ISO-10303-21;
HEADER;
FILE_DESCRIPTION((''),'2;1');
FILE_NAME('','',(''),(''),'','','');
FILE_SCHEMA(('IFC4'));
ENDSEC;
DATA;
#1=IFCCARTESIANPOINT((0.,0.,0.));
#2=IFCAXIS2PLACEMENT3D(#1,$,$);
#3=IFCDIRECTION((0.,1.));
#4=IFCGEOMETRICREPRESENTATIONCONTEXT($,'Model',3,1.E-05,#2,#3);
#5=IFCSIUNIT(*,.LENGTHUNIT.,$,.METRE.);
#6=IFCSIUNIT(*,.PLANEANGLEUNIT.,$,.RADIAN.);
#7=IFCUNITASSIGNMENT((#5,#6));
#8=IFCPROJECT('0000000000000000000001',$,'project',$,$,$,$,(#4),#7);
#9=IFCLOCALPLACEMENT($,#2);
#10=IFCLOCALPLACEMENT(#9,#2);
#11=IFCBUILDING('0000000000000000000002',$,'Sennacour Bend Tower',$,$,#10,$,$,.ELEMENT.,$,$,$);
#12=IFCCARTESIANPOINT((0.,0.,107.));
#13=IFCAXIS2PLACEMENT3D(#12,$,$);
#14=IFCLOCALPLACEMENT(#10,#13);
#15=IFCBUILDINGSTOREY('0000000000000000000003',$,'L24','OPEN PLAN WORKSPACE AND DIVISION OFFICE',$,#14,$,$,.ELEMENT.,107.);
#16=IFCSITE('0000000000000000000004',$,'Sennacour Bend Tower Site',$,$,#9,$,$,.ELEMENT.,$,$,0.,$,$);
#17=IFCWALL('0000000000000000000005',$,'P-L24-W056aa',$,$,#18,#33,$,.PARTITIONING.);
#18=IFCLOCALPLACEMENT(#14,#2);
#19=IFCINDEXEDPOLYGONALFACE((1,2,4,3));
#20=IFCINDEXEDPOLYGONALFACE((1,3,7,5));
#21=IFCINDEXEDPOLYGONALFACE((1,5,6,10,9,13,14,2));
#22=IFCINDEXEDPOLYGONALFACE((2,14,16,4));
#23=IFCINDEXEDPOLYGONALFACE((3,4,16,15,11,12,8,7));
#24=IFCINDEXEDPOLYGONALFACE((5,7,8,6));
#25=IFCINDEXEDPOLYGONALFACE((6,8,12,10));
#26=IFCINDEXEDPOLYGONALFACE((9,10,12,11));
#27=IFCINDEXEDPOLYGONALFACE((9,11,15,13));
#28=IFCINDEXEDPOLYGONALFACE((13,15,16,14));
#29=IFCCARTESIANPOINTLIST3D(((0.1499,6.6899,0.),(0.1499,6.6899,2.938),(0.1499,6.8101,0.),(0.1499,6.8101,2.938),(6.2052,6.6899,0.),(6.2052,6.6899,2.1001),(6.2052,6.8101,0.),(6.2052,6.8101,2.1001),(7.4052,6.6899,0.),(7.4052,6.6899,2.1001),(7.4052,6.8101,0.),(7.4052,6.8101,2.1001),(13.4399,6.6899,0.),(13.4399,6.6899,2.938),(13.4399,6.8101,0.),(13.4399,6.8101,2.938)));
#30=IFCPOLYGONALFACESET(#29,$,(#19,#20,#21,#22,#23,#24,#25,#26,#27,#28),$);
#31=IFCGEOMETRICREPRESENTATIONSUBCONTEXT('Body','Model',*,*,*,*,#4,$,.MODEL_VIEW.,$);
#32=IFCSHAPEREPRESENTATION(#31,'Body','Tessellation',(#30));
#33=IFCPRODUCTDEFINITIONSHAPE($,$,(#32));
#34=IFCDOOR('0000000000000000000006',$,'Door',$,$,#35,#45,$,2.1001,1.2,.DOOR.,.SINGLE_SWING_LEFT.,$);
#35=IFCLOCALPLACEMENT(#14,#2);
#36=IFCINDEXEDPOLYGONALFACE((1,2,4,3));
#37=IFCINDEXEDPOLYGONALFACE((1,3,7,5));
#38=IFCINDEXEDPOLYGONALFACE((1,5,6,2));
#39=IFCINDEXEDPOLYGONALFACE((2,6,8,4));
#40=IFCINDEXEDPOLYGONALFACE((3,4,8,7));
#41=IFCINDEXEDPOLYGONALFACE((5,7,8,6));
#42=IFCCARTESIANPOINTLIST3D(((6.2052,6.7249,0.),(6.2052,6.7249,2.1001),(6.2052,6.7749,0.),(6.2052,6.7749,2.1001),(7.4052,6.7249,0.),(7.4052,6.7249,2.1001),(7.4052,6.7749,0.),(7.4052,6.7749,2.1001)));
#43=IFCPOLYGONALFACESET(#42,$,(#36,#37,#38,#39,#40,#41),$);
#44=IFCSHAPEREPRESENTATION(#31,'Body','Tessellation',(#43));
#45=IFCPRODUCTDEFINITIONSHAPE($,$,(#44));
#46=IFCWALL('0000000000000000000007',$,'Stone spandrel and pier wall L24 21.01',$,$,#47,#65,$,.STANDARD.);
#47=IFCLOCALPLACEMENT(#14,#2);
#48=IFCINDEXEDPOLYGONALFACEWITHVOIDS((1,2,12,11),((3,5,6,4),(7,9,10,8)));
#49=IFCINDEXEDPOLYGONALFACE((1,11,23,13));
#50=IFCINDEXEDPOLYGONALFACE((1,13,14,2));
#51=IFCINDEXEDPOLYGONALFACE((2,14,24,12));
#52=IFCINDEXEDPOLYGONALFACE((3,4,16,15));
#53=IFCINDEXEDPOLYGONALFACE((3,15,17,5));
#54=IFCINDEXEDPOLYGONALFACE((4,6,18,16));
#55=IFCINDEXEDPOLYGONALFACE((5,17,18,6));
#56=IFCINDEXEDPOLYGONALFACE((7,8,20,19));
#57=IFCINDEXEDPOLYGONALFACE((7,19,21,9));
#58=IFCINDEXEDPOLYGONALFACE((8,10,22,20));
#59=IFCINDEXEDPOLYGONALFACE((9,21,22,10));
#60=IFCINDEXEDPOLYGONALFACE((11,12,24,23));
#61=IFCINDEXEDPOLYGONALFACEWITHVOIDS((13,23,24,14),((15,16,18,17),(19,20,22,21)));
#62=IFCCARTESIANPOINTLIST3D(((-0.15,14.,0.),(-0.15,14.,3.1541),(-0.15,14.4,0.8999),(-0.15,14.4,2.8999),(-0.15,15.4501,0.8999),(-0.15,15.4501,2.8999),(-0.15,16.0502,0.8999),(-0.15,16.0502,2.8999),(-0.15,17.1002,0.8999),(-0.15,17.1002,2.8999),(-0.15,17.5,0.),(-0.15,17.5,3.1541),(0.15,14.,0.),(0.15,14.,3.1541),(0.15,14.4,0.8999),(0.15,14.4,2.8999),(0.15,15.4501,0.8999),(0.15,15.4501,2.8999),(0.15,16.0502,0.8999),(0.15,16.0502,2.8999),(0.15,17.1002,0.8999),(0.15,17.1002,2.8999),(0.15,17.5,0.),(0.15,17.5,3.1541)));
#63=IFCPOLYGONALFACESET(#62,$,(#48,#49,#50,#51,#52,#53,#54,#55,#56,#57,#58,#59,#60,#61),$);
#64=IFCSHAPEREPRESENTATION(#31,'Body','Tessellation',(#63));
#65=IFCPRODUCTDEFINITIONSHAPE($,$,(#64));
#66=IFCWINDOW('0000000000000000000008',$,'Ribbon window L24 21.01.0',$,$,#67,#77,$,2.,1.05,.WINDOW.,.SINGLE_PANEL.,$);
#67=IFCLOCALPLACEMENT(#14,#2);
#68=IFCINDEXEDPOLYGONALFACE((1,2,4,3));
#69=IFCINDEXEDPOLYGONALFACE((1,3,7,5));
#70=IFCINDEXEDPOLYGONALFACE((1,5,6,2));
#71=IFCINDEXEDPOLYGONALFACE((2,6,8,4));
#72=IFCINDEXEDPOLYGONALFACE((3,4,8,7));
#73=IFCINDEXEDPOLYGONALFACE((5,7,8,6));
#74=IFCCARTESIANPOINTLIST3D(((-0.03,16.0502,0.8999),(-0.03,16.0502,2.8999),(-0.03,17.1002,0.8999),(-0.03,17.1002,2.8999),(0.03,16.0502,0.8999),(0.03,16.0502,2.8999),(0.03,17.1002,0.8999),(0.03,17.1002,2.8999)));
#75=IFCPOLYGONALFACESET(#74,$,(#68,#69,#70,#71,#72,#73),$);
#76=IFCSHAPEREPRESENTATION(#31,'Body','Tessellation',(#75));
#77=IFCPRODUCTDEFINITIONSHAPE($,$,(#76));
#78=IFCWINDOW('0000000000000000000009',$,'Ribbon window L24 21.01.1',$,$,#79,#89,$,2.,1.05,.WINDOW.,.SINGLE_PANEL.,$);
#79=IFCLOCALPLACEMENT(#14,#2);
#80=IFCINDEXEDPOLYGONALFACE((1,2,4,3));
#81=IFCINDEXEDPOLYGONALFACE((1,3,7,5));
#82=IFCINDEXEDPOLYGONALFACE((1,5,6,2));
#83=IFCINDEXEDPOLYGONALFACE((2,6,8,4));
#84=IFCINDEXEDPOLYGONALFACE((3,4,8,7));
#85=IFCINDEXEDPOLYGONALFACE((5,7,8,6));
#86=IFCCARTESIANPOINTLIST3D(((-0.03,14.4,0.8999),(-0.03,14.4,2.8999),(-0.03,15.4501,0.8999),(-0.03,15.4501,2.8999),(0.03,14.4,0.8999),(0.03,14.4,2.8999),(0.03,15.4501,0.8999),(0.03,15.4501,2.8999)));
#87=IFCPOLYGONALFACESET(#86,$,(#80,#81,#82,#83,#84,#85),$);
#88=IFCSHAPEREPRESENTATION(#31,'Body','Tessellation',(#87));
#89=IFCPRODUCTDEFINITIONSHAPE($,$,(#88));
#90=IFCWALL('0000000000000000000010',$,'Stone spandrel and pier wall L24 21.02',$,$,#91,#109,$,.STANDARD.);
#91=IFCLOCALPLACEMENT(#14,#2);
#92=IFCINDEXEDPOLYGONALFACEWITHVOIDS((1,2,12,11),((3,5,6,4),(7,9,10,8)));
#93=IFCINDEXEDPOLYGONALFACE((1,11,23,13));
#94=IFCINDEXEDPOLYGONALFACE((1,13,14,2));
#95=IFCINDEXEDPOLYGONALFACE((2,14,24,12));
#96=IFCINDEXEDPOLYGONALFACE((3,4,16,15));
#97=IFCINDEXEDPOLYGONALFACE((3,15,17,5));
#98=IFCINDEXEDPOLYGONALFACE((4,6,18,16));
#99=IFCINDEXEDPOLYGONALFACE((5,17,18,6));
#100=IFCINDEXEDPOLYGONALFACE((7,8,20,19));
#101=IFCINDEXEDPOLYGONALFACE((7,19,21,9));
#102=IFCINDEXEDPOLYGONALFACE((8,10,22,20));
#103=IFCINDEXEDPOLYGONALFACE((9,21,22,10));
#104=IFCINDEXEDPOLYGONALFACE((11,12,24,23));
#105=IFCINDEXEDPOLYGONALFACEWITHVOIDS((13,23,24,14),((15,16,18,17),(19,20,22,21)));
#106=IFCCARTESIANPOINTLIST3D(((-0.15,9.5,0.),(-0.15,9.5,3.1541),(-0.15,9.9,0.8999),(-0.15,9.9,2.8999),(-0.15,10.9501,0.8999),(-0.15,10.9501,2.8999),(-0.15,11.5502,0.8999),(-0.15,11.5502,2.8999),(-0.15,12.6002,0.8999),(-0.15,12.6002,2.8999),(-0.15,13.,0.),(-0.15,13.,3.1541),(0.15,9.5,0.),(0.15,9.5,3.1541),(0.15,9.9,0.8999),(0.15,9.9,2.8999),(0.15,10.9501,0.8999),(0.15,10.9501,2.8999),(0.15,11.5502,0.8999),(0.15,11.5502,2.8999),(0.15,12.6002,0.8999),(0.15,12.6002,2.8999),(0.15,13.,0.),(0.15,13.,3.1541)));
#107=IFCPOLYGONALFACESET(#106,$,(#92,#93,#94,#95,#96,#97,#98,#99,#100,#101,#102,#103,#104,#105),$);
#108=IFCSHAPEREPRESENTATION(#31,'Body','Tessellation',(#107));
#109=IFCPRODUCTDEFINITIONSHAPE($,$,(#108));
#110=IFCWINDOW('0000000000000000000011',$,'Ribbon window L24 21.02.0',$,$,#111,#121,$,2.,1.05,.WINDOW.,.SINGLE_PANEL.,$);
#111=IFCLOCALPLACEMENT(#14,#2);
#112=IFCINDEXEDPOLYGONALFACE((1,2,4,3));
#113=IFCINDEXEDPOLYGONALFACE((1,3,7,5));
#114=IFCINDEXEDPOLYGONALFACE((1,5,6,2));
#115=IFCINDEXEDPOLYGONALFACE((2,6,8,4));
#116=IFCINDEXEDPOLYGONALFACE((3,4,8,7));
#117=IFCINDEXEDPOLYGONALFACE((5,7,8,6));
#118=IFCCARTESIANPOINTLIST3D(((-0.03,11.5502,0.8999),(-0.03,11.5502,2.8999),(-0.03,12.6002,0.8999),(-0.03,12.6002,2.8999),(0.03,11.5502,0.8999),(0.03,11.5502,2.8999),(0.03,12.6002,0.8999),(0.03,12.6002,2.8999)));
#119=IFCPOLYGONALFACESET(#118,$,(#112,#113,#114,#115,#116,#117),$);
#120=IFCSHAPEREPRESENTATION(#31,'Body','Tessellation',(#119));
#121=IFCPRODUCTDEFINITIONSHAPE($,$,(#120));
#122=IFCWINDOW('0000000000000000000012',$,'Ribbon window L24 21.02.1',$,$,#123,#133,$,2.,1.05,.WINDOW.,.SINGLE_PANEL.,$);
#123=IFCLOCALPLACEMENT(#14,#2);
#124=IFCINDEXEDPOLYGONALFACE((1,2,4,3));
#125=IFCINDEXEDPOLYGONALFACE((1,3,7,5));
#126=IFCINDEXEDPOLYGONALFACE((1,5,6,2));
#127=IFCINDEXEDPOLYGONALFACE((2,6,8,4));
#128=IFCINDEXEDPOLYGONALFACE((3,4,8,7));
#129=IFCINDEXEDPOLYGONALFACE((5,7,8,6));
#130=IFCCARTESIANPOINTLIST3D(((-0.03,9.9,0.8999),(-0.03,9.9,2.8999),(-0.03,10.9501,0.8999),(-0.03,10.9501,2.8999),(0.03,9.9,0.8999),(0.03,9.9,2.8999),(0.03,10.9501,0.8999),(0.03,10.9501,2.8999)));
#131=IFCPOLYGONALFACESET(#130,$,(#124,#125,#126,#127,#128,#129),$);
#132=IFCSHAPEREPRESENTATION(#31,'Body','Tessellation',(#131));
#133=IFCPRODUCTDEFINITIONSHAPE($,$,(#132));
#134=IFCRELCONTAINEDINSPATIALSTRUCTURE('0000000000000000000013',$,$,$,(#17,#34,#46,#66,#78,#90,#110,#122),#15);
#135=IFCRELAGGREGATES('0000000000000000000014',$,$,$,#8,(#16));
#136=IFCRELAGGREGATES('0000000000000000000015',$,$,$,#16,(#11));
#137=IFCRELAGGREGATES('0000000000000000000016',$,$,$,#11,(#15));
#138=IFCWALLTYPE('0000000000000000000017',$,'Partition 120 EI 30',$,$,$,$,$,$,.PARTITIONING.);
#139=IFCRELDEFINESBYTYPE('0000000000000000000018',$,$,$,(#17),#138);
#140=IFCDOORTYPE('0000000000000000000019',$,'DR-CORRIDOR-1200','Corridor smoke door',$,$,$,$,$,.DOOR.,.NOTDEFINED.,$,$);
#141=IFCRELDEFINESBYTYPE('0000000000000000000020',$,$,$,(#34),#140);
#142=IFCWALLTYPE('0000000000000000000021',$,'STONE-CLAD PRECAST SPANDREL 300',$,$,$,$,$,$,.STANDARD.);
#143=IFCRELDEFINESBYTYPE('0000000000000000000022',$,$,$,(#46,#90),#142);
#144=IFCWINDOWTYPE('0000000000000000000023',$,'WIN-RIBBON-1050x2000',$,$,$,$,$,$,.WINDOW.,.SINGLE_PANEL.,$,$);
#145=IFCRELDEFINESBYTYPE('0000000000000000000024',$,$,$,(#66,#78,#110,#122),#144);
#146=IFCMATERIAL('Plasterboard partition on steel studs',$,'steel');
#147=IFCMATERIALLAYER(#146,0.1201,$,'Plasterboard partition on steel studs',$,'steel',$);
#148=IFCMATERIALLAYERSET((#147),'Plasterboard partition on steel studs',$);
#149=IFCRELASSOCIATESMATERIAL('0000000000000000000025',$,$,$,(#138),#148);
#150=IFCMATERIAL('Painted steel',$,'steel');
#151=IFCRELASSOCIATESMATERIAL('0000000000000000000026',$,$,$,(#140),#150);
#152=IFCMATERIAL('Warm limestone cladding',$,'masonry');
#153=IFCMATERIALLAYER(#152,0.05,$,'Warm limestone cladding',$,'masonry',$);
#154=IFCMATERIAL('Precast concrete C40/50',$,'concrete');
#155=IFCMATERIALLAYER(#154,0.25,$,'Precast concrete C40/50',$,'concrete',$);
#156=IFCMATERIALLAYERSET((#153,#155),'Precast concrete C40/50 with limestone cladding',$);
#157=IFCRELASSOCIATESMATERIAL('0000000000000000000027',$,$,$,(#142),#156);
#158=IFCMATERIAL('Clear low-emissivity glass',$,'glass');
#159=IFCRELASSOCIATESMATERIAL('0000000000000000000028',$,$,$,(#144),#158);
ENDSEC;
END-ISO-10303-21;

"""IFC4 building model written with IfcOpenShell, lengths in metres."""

from ifc_helpers import new_model, si_unit, direction, frame, frame_2d, origin, place, context, subcontext, project, spatial, rectangle, extrude, material, layer, layer_set, type_object, element, fill, save


model = new_model("IFC4")

# Units and contexts
model_context = context("Model", 3, precision=1e-05, world=origin(), true_north=direction((0.0, 1.0)))
body_context = subcontext(model_context, "Body", "Model", "MODEL_VIEW")
ifc_project = project(units=[si_unit("LENGTHUNIT", "METRE"), si_unit("PLANEANGLEUNIT", "RADIAN")], contexts=[model_context])

# Site, building, storey
site_placement = place(None, origin())
site = spatial("IfcSite", under=ifc_project, at=site_placement, Name="Sennacour Bend Tower Site", CompositionType="ELEMENT", RefElevation=0.0)
building_placement = place(site_placement, origin())
building = spatial("IfcBuilding", under=site, at=building_placement, Name="Sennacour Bend Tower", CompositionType="ELEMENT")
storey_placement = place(building_placement, frame((0.0, 0.0, 107.0)))
storey = spatial("IfcBuildingStorey", under=building, at=storey_placement, Name="L24", Description="OPEN PLAN WORKSPACE AND DIVISION OFFICE", CompositionType="ELEMENT", Elevation=107.0)

# Shared definitions
ifc_material_1 = material(Name="Plasterboard partition on steel studs", Category="steel")

# Wall, opening, door
ifc_layer_1 = layer(ifc_material_1, 0.1201, Name="Plasterboard partition on steel studs", Category="steel")
ifc_layer_set_1 = layer_set([ifc_layer_1], Name="Plasterboard partition on steel studs")
wall_type_1 = type_object("IfcWallType", Name="Partition 120 EI 30", PredefinedType="PARTITIONING", material=ifc_layer_set_1)
wall_1_placement = place(storey_placement, frame((0.1499, 6.75, 0.0), z_axis=(0.0, 0.0, 1.0), x_axis=(1.0, 0.0, 0.0)))
wall_1 = element("IfcWall", 1, at=wall_1_placement, inside=storey, type_object=wall_type_1, Name="P-L24-W056aa", PredefinedType="PARTITIONING", context=body_context, shape_type="SweptSolid", body=[
    extrude(rectangle(XDim=13.29, YDim=0.1201, at=frame_2d((6.645, 0.0))), origin(), (0.0, 0.0, 1.0), 2.938),
])
opening_1_placement = place(wall_1_placement, frame((6.0552, 0.0, 0.0)))
opening_1 = element("IfcOpeningElement", 2, at=opening_1_placement, cuts=wall_1, PredefinedType="OPENING", context=body_context, shape_type="SweptSolid", body=[
    extrude(rectangle(XDim=1.2, YDim=2.1001, at=frame_2d((0.6001, 1.05))), frame((0.0, 0.0701, 0.0), z_axis=(0.0, -1.0, 0.0), x_axis=(1.0, 0.0, 0.0)), (0.0, 0.0, 1.0), 0.1401),
])
ifc_material_2 = material(Name="Painted steel", Category="steel")
door_type_1 = type_object("IfcDoorType", Name="DR-CORRIDOR-1200", Description="Corridor smoke door", OperationType="NOTDEFINED", PredefinedType="DOOR", material=ifc_material_2)
door_1_placement = place(opening_1_placement, origin())
door_1 = element("IfcDoor", 3, at=door_1_placement, inside=storey, type_object=door_type_1, Name="Door", OperationType="SINGLE_SWING_LEFT", OverallHeight=2.1001, OverallWidth=1.2, PredefinedType="DOOR", context=body_context, shape_type="SweptSolid", body=[
    extrude(rectangle(XDim=1.2, YDim=2.1001, at=frame_2d((0.6001, 1.05))), frame((0.0, 0.0249, 0.0), z_axis=(0.0, -1.0, 0.0), x_axis=(1.0, 0.0, 0.0)), (0.0, 0.0, 1.0), 0.05),
])
fill(opening_1, door_1)

# Walls, openings, windows
ifc_material_3 = material(Name="Warm limestone cladding", Category="masonry")
ifc_layer_2 = layer(ifc_material_3, 0.05, Name="Warm limestone cladding", Category="masonry")
ifc_material_4 = material(Name="Precast concrete C40/50", Category="concrete")
ifc_layer_3 = layer(ifc_material_4, 0.25, Name="Precast concrete C40/50", Category="concrete")
ifc_layer_set_2 = layer_set([ifc_layer_2, ifc_layer_3], Name="Precast concrete C40/50 with limestone cladding")
wall_type_2 = type_object("IfcWallType", Name="STONE-CLAD PRECAST SPANDREL 300", PredefinedType="STANDARD", material=ifc_layer_set_2)
wall_2_placement = place(storey_placement, frame((0.0, 17.5, 0.0), z_axis=(0.0, 0.0, 1.0), x_axis=(0.0, -1.0, 0.0)))
wall_2 = element("IfcWall", 4, at=wall_2_placement, inside=storey, type_object=wall_type_2, Name="Stone spandrel and pier wall L24 21.01", PredefinedType="STANDARD", context=body_context, shape_type="SweptSolid", body=[
    extrude(rectangle(XDim=3.5, YDim=0.3, at=frame_2d((1.75, 0.0))), origin(), (0.0, 0.0, 1.0), 3.1541),
])
opening_2_placement = place(wall_2_placement, frame((0.3999, 0.0, 0.8999)))
opening_2 = element("IfcOpeningElement", 5, at=opening_2_placement, cuts=wall_2, PredefinedType="OPENING", context=body_context, shape_type="SweptSolid", body=[
    extrude(rectangle(XDim=1.05, YDim=2.0, at=frame_2d((0.5249, 1.0))), frame((0.0, 0.1602, 0.0), z_axis=(0.0, -1.0, 0.0), x_axis=(1.0, 0.0, 0.0)), (0.0, 0.0, 1.0), 0.3201),
])
opening_3_placement = place(wall_2_placement, frame((2.05, 0.0, 0.8999)))
opening_3 = element("IfcOpeningElement", 6, at=opening_3_placement, cuts=wall_2, PredefinedType="OPENING", context=body_context, shape_type="SweptSolid", body=[
    extrude(rectangle(XDim=1.05, YDim=2.0, at=frame_2d((0.5249, 1.0))), frame((0.0, 0.1602, 0.0), z_axis=(0.0, -1.0, 0.0), x_axis=(1.0, 0.0, 0.0)), (0.0, 0.0, 1.0), 0.3201),
])
ifc_material_5 = material(Name="Clear low-emissivity glass", Category="glass")
window_type = type_object("IfcWindowType", Name="WIN-RIBBON-1050x2000", PartitioningType="SINGLE_PANEL", PredefinedType="WINDOW", material=ifc_material_5)
window_1_placement = place(opening_2_placement, origin())
window_1 = element("IfcWindow", 7, at=window_1_placement, inside=storey, type_object=window_type, Name="Ribbon window L24 21.01.0", OverallHeight=2.0, OverallWidth=1.05, PartitioningType="SINGLE_PANEL", PredefinedType="WINDOW", context=body_context, shape_type="SweptSolid", body=[
    extrude(rectangle(XDim=1.05, YDim=2.0, at=frame_2d((0.5249, 1.0))), frame((0.0, 0.03, 0.0), z_axis=(0.0, -1.0, 0.0), x_axis=(1.0, 0.0, 0.0)), (0.0, 0.0, 1.0), 0.0601),
])
fill(opening_2, window_1)
window_2_placement = place(opening_3_placement, origin())
window_2 = element("IfcWindow", 8, at=window_2_placement, inside=storey, type_object=window_type, Name="Ribbon window L24 21.01.1", OverallHeight=2.0, OverallWidth=1.05, PartitioningType="SINGLE_PANEL", PredefinedType="WINDOW", context=body_context, shape_type="SweptSolid", body=[
    extrude(rectangle(XDim=1.05, YDim=2.0, at=frame_2d((0.5249, 1.0))), frame((0.0, 0.03, 0.0), z_axis=(0.0, -1.0, 0.0), x_axis=(1.0, 0.0, 0.0)), (0.0, 0.0, 1.0), 0.0601),
])
fill(opening_3, window_2)
wall_3_placement = place(storey_placement, frame((0.0, 13.0, 0.0), z_axis=(0.0, 0.0, 1.0), x_axis=(0.0, -1.0, 0.0)))
wall_3 = element("IfcWall", 9, at=wall_3_placement, inside=storey, type_object=wall_type_2, Name="Stone spandrel and pier wall L24 21.02", PredefinedType="STANDARD", context=body_context, shape_type="SweptSolid", body=[
    extrude(rectangle(XDim=3.5, YDim=0.3, at=frame_2d((1.75, 0.0))), origin(), (0.0, 0.0, 1.0), 3.1541),
])
opening_4_placement = place(wall_3_placement, frame((0.3999, 0.0, 0.8999)))
opening_4 = element("IfcOpeningElement", 10, at=opening_4_placement, cuts=wall_3, PredefinedType="OPENING", context=body_context, shape_type="SweptSolid", body=[
    extrude(rectangle(XDim=1.05, YDim=2.0, at=frame_2d((0.5249, 1.0))), frame((0.0, 0.1602, 0.0), z_axis=(0.0, -1.0, 0.0), x_axis=(1.0, 0.0, 0.0)), (0.0, 0.0, 1.0), 0.3201),
])
opening_5_placement = place(wall_3_placement, frame((2.05, 0.0, 0.8999)))
opening_5 = element("IfcOpeningElement", 11, at=opening_5_placement, cuts=wall_3, PredefinedType="OPENING", context=body_context, shape_type="SweptSolid", body=[
    extrude(rectangle(XDim=1.05, YDim=2.0, at=frame_2d((0.5249, 1.0))), frame((0.0, 0.1602, 0.0), z_axis=(0.0, -1.0, 0.0), x_axis=(1.0, 0.0, 0.0)), (0.0, 0.0, 1.0), 0.3201),
])
window_3_placement = place(opening_4_placement, origin())
window_3 = element("IfcWindow", 12, at=window_3_placement, inside=storey, type_object=window_type, Name="Ribbon window L24 21.02.0", OverallHeight=2.0, OverallWidth=1.05, PartitioningType="SINGLE_PANEL", PredefinedType="WINDOW", context=body_context, shape_type="SweptSolid", body=[
    extrude(rectangle(XDim=1.05, YDim=2.0, at=frame_2d((0.5249, 1.0))), frame((0.0, 0.03, 0.0), z_axis=(0.0, -1.0, 0.0), x_axis=(1.0, 0.0, 0.0)), (0.0, 0.0, 1.0), 0.0601),
])
fill(opening_4, window_3)
window_4_placement = place(opening_5_placement, origin())
window_4 = element("IfcWindow", 13, at=window_4_placement, inside=storey, type_object=window_type, Name="Ribbon window L24 21.02.1", OverallHeight=2.0, OverallWidth=1.05, PartitioningType="SINGLE_PANEL", PredefinedType="WINDOW", context=body_context, shape_type="SweptSolid", body=[
    extrude(rectangle(XDim=1.05, YDim=2.0, at=frame_2d((0.5249, 1.0))), frame((0.0, 0.03, 0.0), z_axis=(0.0, -1.0, 0.0), x_axis=(1.0, 0.0, 0.0)), (0.0, 0.0, 1.0), 0.0601),
])
fill(opening_5, window_4)

save(model, "model.ifc")
